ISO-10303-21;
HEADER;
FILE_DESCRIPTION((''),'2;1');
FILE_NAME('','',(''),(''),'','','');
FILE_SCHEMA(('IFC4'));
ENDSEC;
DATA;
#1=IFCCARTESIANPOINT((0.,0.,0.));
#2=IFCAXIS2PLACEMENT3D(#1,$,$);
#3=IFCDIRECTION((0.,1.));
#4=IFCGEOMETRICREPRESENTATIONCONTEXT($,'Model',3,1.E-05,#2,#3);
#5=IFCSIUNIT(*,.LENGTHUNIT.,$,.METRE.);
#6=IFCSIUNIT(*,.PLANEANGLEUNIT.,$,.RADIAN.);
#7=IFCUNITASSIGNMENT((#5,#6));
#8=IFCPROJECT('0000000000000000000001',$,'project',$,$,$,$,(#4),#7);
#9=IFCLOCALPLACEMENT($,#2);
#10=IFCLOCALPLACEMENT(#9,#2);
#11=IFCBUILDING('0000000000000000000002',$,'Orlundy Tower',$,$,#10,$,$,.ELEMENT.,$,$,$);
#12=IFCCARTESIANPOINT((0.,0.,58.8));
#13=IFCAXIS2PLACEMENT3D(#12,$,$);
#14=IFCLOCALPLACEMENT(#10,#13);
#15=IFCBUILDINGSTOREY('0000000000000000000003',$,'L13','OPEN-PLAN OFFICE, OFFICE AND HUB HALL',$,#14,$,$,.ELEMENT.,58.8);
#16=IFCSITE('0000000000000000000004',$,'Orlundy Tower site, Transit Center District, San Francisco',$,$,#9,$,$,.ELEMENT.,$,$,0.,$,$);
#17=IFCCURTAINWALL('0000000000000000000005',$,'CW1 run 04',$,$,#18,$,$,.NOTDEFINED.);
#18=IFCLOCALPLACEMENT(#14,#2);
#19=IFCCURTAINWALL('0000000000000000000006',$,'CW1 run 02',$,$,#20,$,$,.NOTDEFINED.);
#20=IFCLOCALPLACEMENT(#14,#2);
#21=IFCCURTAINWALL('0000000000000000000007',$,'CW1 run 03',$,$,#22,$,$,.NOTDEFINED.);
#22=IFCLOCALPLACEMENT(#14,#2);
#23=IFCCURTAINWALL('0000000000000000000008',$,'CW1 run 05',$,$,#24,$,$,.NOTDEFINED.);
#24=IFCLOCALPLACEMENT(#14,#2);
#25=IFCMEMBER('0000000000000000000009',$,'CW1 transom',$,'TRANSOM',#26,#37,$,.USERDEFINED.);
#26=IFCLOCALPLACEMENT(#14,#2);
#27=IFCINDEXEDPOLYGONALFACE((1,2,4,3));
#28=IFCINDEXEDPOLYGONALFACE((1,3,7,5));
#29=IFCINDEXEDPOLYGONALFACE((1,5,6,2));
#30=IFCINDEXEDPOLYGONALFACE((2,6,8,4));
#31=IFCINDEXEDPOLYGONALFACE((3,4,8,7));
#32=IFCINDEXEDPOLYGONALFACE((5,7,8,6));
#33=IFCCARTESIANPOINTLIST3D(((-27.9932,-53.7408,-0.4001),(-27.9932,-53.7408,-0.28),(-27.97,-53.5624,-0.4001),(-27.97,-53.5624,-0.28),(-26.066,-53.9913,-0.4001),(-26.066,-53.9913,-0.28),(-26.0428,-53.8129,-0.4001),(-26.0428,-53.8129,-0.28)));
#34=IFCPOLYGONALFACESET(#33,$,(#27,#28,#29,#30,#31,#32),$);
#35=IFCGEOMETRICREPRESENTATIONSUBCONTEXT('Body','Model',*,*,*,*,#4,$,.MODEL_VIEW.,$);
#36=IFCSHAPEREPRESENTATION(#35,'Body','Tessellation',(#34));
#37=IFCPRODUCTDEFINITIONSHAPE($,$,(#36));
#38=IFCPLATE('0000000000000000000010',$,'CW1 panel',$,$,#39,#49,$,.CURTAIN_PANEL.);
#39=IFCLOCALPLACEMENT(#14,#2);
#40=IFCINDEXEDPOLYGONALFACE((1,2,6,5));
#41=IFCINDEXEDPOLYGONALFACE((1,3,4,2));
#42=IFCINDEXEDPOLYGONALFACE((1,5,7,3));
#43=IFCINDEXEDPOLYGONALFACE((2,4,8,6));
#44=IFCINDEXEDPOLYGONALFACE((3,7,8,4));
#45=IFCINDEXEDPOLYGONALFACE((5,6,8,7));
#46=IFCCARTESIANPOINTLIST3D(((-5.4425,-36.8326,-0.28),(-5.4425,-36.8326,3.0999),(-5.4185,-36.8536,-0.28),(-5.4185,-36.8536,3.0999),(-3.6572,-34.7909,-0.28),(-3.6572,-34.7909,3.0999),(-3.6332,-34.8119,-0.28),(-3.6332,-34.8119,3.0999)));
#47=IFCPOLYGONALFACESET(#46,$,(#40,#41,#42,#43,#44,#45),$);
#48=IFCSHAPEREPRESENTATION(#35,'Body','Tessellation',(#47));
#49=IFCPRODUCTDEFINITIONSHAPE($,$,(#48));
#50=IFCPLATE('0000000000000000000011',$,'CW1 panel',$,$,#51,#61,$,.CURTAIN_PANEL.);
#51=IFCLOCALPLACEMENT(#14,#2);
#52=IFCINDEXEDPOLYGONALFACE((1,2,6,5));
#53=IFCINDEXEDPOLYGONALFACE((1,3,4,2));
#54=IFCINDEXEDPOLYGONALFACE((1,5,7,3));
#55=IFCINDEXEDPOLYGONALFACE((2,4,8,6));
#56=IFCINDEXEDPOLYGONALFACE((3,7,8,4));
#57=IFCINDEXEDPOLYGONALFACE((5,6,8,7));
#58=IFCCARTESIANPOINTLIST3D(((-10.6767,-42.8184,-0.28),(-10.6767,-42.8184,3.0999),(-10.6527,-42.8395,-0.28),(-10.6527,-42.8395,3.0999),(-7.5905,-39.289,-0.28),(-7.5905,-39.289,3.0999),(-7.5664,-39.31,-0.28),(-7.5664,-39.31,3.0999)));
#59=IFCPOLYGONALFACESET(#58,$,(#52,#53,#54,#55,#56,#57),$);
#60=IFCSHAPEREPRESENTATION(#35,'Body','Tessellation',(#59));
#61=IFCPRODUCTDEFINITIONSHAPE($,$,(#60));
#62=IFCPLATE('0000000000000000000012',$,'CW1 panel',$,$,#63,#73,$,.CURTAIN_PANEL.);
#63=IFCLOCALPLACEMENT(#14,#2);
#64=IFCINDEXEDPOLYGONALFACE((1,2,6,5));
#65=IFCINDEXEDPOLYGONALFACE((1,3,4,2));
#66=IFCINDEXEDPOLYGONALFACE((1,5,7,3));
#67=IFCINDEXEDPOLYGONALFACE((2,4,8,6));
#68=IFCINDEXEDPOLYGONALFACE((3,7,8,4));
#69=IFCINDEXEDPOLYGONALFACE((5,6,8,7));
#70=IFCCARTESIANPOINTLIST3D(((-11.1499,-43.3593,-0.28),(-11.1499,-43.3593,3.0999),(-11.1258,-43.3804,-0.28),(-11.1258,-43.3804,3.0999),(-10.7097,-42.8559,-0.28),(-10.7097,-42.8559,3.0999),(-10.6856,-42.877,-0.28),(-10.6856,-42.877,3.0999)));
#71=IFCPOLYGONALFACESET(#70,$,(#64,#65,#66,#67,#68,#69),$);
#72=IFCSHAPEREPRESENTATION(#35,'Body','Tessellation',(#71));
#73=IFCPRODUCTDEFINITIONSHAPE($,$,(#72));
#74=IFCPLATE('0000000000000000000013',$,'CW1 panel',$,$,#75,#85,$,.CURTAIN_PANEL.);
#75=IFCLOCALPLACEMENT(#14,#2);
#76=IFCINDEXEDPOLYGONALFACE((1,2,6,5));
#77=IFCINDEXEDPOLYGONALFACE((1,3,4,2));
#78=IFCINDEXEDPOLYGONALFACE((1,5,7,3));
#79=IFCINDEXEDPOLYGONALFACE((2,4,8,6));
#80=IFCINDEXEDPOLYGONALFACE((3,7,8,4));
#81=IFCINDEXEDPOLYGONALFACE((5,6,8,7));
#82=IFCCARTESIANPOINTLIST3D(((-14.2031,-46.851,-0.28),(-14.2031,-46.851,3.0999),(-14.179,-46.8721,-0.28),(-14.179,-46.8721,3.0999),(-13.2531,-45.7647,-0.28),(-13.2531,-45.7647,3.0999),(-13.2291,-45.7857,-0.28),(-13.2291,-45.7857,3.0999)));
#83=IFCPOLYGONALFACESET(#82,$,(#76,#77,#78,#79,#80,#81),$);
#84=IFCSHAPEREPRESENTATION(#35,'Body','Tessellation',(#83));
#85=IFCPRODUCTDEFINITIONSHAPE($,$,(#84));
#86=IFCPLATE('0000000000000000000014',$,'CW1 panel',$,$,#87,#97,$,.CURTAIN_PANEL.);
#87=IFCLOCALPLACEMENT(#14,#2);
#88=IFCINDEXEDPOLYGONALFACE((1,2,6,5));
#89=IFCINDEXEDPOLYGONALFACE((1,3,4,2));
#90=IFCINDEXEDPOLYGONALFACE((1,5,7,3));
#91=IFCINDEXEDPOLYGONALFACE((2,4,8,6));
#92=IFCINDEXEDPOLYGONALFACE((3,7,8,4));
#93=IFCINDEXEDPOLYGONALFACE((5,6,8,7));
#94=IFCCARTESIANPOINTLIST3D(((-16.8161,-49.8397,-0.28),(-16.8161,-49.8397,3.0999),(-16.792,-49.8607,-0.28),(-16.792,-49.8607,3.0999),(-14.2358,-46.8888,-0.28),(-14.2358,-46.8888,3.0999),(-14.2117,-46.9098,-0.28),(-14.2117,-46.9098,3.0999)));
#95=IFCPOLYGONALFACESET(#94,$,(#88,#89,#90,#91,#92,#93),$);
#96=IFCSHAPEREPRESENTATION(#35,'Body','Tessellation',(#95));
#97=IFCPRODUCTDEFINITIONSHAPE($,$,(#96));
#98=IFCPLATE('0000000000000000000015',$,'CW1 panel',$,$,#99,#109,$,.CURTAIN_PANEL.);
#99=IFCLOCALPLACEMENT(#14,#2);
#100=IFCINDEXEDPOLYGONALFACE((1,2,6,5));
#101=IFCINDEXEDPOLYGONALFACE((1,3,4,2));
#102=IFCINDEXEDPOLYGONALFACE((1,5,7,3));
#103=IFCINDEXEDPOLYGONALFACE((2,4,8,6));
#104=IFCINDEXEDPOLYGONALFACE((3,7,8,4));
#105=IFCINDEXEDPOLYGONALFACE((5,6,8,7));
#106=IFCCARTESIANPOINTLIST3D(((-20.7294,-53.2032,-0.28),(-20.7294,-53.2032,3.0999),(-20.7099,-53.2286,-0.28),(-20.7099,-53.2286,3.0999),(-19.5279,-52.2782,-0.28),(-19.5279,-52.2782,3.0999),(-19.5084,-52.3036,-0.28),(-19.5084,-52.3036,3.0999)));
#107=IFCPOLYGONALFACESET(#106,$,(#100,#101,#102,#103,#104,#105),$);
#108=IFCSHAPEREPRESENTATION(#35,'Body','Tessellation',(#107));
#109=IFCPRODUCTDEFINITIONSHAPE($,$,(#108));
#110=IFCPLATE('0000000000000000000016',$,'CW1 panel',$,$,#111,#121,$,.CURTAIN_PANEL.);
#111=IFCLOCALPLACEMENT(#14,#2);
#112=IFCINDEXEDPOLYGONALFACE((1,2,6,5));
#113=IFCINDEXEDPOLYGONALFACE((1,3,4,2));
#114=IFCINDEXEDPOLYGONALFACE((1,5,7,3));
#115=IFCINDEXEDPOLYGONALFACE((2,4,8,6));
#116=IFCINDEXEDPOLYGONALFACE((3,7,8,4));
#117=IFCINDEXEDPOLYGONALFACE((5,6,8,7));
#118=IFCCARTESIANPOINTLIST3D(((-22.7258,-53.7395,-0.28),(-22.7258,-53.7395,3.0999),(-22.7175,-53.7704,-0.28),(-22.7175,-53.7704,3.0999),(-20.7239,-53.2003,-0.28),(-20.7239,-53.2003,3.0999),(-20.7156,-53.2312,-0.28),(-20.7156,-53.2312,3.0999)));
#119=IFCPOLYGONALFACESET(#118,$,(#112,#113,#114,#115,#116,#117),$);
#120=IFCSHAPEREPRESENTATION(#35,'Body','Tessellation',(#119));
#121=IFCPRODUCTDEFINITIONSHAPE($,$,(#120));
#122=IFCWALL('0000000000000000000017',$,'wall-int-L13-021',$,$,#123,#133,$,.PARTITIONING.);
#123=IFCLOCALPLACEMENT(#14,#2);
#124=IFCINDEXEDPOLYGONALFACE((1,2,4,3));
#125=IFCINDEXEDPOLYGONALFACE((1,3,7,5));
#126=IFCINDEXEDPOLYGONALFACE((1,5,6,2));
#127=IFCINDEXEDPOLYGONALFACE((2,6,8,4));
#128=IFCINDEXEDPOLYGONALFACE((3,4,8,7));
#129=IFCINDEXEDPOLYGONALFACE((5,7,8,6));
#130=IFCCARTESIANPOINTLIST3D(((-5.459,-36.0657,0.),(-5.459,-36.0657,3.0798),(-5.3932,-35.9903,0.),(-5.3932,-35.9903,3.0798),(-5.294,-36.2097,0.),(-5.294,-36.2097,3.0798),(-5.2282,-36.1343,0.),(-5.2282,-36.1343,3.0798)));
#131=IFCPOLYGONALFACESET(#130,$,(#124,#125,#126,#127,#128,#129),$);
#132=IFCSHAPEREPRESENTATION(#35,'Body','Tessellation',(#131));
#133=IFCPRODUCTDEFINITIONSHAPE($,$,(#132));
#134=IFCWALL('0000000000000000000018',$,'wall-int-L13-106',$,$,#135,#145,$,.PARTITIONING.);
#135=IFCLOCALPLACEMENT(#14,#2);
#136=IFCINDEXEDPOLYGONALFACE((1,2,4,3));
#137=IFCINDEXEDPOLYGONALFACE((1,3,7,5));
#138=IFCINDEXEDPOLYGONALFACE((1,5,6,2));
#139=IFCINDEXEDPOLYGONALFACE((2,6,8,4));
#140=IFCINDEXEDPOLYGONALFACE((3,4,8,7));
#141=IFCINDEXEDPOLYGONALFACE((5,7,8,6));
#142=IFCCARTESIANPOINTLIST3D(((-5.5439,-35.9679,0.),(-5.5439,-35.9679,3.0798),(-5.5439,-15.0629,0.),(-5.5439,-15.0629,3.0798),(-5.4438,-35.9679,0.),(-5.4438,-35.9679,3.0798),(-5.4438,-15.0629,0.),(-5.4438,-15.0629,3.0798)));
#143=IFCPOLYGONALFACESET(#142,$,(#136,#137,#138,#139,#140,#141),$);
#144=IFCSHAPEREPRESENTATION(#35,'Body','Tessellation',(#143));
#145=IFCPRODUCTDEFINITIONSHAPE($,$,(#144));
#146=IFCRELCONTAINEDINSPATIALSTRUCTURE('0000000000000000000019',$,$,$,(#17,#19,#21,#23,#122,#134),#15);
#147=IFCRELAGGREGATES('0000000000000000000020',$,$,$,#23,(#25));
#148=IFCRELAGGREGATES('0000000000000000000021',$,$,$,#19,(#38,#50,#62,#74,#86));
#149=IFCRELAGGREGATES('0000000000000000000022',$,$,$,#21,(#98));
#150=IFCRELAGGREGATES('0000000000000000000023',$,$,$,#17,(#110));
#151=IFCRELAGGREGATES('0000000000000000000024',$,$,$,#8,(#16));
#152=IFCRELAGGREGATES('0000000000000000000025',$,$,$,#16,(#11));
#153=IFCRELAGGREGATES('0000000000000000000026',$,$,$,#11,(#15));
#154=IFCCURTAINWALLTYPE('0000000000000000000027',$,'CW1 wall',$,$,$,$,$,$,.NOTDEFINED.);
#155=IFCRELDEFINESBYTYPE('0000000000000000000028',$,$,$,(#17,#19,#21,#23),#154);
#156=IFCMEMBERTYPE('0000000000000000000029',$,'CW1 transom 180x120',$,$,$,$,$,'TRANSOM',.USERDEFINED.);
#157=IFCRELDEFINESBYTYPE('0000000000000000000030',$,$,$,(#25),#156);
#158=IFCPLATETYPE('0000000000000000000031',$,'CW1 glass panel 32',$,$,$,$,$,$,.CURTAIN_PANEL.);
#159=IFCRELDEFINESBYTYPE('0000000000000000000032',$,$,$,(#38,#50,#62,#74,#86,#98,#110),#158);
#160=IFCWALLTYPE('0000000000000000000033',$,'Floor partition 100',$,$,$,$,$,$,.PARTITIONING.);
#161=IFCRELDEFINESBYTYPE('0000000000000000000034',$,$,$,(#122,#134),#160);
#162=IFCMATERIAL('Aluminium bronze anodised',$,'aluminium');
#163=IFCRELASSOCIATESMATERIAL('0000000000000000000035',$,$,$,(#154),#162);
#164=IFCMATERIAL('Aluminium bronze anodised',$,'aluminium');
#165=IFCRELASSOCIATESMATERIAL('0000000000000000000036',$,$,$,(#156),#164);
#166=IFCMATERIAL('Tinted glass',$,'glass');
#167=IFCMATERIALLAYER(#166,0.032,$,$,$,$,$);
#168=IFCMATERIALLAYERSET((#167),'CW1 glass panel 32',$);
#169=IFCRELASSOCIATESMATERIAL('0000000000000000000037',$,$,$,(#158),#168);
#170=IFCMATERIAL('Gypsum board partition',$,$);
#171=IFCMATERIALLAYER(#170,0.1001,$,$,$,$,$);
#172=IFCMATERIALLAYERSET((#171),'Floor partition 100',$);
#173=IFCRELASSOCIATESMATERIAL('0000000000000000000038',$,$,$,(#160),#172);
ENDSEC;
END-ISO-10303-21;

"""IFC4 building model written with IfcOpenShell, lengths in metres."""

from ifc_helpers import new_model, si_unit, direction, frame, frame_2d, origin, origin_2d, place, context, subcontext, project, spatial, rectangle, extrude, material, layer, layer_set, material_profile, profile_set, type_object, element, aggregate, save


model = new_model("IFC4")

# Units and contexts
model_context = context("Model", 3, precision=1e-05, world=origin(), true_north=direction((0.0, 1.0)))
body_context = subcontext(model_context, "Body", "Model", "MODEL_VIEW")
ifc_project = project(units=[si_unit("LENGTHUNIT", "METRE"), si_unit("PLANEANGLEUNIT", "RADIAN")], contexts=[model_context])

# Site, building, storey
site_placement = place(None, origin())
site = spatial("IfcSite", under=ifc_project, at=site_placement, Name="Orlundy Tower site, Transit Center District, San Francisco", CompositionType="ELEMENT", RefElevation=0.0)
building_placement = place(site_placement, origin())
building = spatial("IfcBuilding", under=site, at=building_placement, Name="Orlundy Tower", CompositionType="ELEMENT")
storey_placement = place(building_placement, frame((0.0, 0.0, 58.8)))
storey = spatial("IfcBuildingStorey", under=building, at=storey_placement, Name="L13", Description="OPEN-PLAN OFFICE, OFFICE AND HUB HALL", CompositionType="ELEMENT", Elevation=58.8)

# Curtain wall
ifc_material_1 = material(Name="Aluminium bronze anodised", Category="aluminium")
curtain_wall_type = type_object("IfcCurtainWallType", Name="CW1 wall", PredefinedType="NOTDEFINED", material=ifc_material_1)
curtain_wall_1_placement = place(storey_placement, origin())
curtain_wall_1 = element("IfcCurtainWall", 1, at=curtain_wall_1_placement, inside=storey, type_object=curtain_wall_type, Name="CW1 run 04", PredefinedType="NOTDEFINED")

# Curtain wall
curtain_wall_2_placement = place(storey_placement, origin())
curtain_wall_2 = element("IfcCurtainWall", 2, at=curtain_wall_2_placement, inside=storey, type_object=curtain_wall_type, Name="CW1 run 02", PredefinedType="NOTDEFINED")
ifc_material_2 = material(Name="Aluminium bronze anodised", Category="aluminium")
ifc_material_profile_1 = material_profile(ifc_material_2, rectangle(XDim=0.1799, YDim=0.1201, at=origin_2d()), Name="CW1 transom 180x120")
ifc_profile_set_1 = profile_set([ifc_material_profile_1], Name="Aluminium bronze anodised")
member_type_1 = type_object("IfcMemberType", Name="CW1 transom 180x120", ElementType="TRANSOM", PredefinedType="USERDEFINED", material=ifc_profile_set_1)

# Curtain wall
curtain_wall_3_placement = place(storey_placement, origin())
curtain_wall_3 = element("IfcCurtainWall", 3, at=curtain_wall_3_placement, inside=storey, type_object=curtain_wall_type, Name="CW1 run 03", PredefinedType="NOTDEFINED")

# Curtain wall, member
curtain_wall_4_placement = place(storey_placement, origin())
curtain_wall_4 = element("IfcCurtainWall", 4, at=curtain_wall_4_placement, inside=storey, type_object=curtain_wall_type, Name="CW1 run 05", PredefinedType="NOTDEFINED")
member_1_placement = place(storey_placement, frame((-26.0544, -53.9021, -0.3401), z_axis=(-0.991659, 0.128888, 0.0), x_axis=(-0.128888, -0.991659, 0.0)))
member_1 = element("IfcMember", 5, at=member_1_placement, type_object=member_type_1, Name="CW1 transom", ObjectType="TRANSOM", PredefinedType="USERDEFINED", context=body_context, shape_type="SweptSolid", body=[
    extrude(rectangle(XDim=0.1799, YDim=0.1201, at=origin_2d()), origin(), (0.0, 0.0, 1.0), 1.9434),
])
aggregate(curtain_wall_4, [member_1])

# Plates
ifc_material_3 = material(Name="Tinted glass", Category="glass")
ifc_layer_1 = layer(ifc_material_3, 0.032)
ifc_layer_set_1 = layer_set([ifc_layer_1], Name="CW1 glass panel 32")
plate_type = type_object("IfcPlateType", Name="CW1 glass panel 32", PredefinedType="CURTAIN_PANEL", material=ifc_layer_set_1)
plate_1_placement = place(storey_placement, frame((-4.5378, -35.8223, -0.28), z_axis=(0.0, 0.0, 1.0), x_axis=(-0.658259, -0.752792, 0.0)))
plate_1 = element("IfcPlate", 6, at=plate_1_placement, type_object=plate_type, Name="CW1 panel", PredefinedType="CURTAIN_PANEL", context=body_context, shape_type="SweptSolid", body=[
    extrude(rectangle(XDim=2.7122, YDim=0.032, at=origin_2d()), origin(), (0.0, 0.0, 1.0), 3.3799),
])
plate_2_placement = place(storey_placement, frame((-9.1216, -41.0642, -0.28), z_axis=(0.0, 0.0, 1.0), x_axis=(-0.658259, -0.752792, 0.0)))
plate_2 = element("IfcPlate", 7, at=plate_2_placement, type_object=plate_type, Name="CW1 panel", PredefinedType="CURTAIN_PANEL", context=body_context, shape_type="SweptSolid", body=[
    extrude(rectangle(XDim=4.6885, YDim=0.032, at=origin_2d()), origin(), (0.0, 0.0, 1.0), 3.3799),
])
plate_3_placement = place(storey_placement, frame((-10.9177, -43.1182, -0.28), z_axis=(0.0, 0.0, 1.0), x_axis=(-0.658259, -0.752792, 0.0)))
plate_3 = element("IfcPlate", 8, at=plate_3_placement, type_object=plate_type, Name="CW1 panel", PredefinedType="CURTAIN_PANEL", context=body_context, shape_type="SweptSolid", body=[
    extrude(rectangle(XDim=0.6687, YDim=0.032, at=origin_2d()), origin(), (0.0, 0.0, 1.0), 3.3799),
])
plate_4_placement = place(storey_placement, frame((-13.7161, -46.3184, -0.28), z_axis=(0.0, 0.0, 1.0), x_axis=(-0.658259, -0.752792, 0.0)))
plate_4 = element("IfcPlate", 9, at=plate_4_placement, type_object=plate_type, Name="CW1 panel", PredefinedType="CURTAIN_PANEL", context=body_context, shape_type="SweptSolid", body=[
    extrude(rectangle(XDim=1.4431, YDim=0.032, at=origin_2d()), origin(), (0.0, 0.0, 1.0), 3.3799),
])
plate_5_placement = place(storey_placement, frame((-15.5139, -48.3748, -0.28), z_axis=(0.0, 0.0, 1.0), x_axis=(-0.658259, -0.752792, 0.0)))
plate_5 = element("IfcPlate", 10, at=plate_5_placement, type_object=plate_type, Name="CW1 panel", PredefinedType="CURTAIN_PANEL", context=body_context, shape_type="SweptSolid", body=[
    extrude(rectangle(XDim=3.9199, YDim=0.032, at=origin_2d()), origin(), (0.0, 0.0, 1.0), 3.3799),
])
aggregate(curtain_wall_2, [plate_1, plate_2, plate_3, plate_4, plate_5])
plate_6_placement = place(storey_placement, frame((-20.1189, -52.7534, -0.28), z_axis=(0.0, 0.0, 1.0), x_axis=(-0.792393, -0.610011, 0.0)))
plate_6 = element("IfcPlate", 11, at=plate_6_placement, type_object=plate_type, Name="CW1 panel", PredefinedType="CURTAIN_PANEL", context=body_context, shape_type="SweptSolid", body=[
    extrude(rectangle(XDim=1.5164, YDim=0.032, at=origin_2d()), origin(), (0.0, 0.0, 1.0), 3.3799),
])
aggregate(curtain_wall_3, [plate_6])
plate_7_placement = place(storey_placement, frame((-21.7207, -53.4854, -0.28), z_axis=(0.0, 0.0, 1.0), x_axis=(-0.965587, -0.26008, 0.0)))
plate_7 = element("IfcPlate", 12, at=plate_7_placement, type_object=plate_type, Name="CW1 panel", PredefinedType="CURTAIN_PANEL", context=body_context, shape_type="SweptSolid", body=[
    extrude(rectangle(XDim=2.0732, YDim=0.032, at=origin_2d()), origin(), (0.0, 0.0, 1.0), 3.3799),
])
aggregate(curtain_wall_1, [plate_7])

# Walls
ifc_material_4 = material(Name="Gypsum board partition")
ifc_layer_2 = layer(ifc_material_4, 0.1001)
ifc_layer_set_2 = layer_set([ifc_layer_2], Name="Floor partition 100")
wall_type = type_object("IfcWallType", Name="Floor partition 100", PredefinedType="PARTITIONING", material=ifc_layer_set_2)
wall_1_placement = place(storey_placement, frame((-5.426, -36.0281, 0.0), z_axis=(0.0, 0.0, 1.0), x_axis=(0.753405, -0.657557, 0.0)))
element("IfcWall", 13, at=wall_1_placement, inside=storey, type_object=wall_type, Name="wall-int-L13-021", PredefinedType="PARTITIONING", context=body_context, shape_type="SweptSolid", body=[
    extrude(rectangle(XDim=0.219, YDim=0.1001, at=frame_2d((0.1094, 0.0))), origin(), (0.0, 0.0, 1.0), 3.0798),
])
wall_2_placement = place(storey_placement, frame((-5.4939, -35.968, 0.0), z_axis=(0.0, 0.0, 1.0), x_axis=(0.0, 1.0, 0.0)))
element("IfcWall", 14, at=wall_2_placement, inside=storey, type_object=wall_type, Name="wall-int-L13-106", PredefinedType="PARTITIONING", context=body_context, shape_type="SweptSolid", body=[
    extrude(rectangle(XDim=20.905, YDim=0.1001, at=frame_2d((10.4526, 0.0))), origin(), (0.0, 0.0, 1.0), 3.0798),
])

save(model, "model.ifc")
